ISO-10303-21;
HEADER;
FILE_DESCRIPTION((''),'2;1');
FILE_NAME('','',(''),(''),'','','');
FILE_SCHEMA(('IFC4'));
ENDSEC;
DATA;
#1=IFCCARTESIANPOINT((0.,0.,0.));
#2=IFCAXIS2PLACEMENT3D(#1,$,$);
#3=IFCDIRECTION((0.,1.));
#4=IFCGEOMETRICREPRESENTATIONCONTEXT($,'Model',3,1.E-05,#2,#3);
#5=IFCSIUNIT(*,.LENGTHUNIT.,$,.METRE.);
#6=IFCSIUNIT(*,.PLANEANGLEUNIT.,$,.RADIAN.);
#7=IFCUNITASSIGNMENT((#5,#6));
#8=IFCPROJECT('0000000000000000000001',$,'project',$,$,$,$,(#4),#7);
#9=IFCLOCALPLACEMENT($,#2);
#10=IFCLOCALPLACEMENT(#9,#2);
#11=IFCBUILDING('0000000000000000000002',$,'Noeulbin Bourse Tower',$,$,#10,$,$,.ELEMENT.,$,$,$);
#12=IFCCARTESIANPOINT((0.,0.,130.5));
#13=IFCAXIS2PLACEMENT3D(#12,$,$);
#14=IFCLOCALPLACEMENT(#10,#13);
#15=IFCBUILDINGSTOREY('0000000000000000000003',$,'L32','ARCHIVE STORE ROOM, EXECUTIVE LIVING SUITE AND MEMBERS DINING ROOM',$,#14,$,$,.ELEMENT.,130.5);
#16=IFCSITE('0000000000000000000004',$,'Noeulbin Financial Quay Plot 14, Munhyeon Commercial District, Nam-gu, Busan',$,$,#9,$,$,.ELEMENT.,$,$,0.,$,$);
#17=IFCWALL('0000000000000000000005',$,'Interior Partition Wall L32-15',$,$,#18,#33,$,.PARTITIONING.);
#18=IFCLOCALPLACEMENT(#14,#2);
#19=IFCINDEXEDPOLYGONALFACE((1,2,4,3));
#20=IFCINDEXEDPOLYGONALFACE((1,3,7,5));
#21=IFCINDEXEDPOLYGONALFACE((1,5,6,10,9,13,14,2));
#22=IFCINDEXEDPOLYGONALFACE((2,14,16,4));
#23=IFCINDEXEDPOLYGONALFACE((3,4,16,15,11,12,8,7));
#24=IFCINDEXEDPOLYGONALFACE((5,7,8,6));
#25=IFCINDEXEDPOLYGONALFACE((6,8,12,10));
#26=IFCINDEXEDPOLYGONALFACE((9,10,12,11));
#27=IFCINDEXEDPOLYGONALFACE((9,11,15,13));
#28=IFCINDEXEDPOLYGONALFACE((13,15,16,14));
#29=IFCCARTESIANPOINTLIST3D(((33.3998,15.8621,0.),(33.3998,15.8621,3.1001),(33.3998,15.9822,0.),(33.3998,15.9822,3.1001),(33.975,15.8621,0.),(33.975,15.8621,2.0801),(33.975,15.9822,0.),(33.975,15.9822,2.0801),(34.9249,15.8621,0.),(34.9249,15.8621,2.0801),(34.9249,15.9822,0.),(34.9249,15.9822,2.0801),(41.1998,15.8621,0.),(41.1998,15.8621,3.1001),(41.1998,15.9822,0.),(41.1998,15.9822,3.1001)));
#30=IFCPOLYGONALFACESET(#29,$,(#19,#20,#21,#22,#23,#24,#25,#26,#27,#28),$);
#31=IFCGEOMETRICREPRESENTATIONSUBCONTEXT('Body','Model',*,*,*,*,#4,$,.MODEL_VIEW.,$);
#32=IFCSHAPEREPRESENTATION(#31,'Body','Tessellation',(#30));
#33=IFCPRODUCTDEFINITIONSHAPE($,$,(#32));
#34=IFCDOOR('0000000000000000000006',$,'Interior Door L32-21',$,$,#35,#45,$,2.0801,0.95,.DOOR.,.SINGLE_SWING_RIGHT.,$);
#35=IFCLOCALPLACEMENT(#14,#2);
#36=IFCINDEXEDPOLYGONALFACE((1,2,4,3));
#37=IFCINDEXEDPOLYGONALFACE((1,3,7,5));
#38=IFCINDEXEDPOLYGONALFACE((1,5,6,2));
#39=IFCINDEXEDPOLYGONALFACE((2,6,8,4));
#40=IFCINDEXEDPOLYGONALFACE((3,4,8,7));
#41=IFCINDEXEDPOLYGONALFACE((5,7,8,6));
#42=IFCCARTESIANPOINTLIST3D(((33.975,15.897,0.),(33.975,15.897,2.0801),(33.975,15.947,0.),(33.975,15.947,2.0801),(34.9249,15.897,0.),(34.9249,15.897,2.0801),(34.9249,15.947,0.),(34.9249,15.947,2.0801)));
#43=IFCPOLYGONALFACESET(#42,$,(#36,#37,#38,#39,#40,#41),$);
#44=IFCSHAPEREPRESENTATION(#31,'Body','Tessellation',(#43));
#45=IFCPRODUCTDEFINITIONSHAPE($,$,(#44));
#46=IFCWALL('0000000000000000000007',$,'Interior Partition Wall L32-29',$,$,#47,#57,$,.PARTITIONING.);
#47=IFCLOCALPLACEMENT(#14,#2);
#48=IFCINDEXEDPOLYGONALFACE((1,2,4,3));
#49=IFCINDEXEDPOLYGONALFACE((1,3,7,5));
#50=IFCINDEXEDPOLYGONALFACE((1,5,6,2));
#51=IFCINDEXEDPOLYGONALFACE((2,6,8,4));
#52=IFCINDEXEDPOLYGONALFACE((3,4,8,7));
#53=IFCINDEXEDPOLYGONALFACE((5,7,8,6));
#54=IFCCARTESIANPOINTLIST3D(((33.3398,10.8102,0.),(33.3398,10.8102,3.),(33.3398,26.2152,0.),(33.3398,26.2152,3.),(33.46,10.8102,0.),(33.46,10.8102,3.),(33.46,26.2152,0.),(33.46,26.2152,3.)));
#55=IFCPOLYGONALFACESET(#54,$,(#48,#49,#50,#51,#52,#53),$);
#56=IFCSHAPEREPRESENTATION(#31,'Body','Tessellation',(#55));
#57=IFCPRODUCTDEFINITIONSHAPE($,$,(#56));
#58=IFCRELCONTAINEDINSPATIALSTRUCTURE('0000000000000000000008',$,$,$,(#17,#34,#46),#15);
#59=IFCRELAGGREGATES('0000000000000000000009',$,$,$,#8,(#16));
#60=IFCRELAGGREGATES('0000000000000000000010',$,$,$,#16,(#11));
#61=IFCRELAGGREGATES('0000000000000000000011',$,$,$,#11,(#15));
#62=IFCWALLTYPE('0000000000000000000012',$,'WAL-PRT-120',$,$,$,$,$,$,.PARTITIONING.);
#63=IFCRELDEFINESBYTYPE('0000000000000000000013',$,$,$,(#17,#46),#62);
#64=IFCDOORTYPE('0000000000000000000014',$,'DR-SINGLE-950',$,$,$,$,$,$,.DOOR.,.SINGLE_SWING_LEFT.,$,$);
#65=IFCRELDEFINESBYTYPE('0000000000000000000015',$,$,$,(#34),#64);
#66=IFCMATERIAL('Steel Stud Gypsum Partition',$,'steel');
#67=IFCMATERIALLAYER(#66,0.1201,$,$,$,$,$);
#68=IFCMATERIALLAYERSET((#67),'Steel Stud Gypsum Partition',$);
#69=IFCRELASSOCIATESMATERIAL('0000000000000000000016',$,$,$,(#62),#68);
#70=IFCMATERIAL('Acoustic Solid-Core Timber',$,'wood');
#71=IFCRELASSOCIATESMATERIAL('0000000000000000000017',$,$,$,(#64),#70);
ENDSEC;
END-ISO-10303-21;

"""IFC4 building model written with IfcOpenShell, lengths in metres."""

from ifc_helpers import new_model, si_unit, direction, frame, frame_2d, origin, place, context, subcontext, project, spatial, rectangle, extrude, material, layer, layer_set, type_object, element, fill, save


model = new_model("IFC4")

# Units and contexts
model_context = context("Model", 3, precision=1e-05, world=origin(), true_north=direction((0.0, 1.0)))
body_context = subcontext(model_context, "Body", "Model", "MODEL_VIEW")
ifc_project = project(units=[si_unit("LENGTHUNIT", "METRE"), si_unit("PLANEANGLEUNIT", "RADIAN")], contexts=[model_context])

# Site, building, storey
site_placement = place(None, origin())
site = spatial("IfcSite", under=ifc_project, at=site_placement, Name="Noeulbin Financial Quay Plot 14, Munhyeon Commercial District, Nam-gu, Busan", CompositionType="ELEMENT", RefElevation=0.0)
building_placement = place(site_placement, origin())
building = spatial("IfcBuilding", under=site, at=building_placement, Name="Noeulbin Bourse Tower", CompositionType="ELEMENT")
storey_placement = place(building_placement, frame((0.0, 0.0, 130.5)))
storey = spatial("IfcBuildingStorey", under=building, at=storey_placement, Name="L32", Description="ARCHIVE STORE ROOM, EXECUTIVE LIVING SUITE AND MEMBERS DINING ROOM", CompositionType="ELEMENT", Elevation=130.5)

# Wall, opening, door
ifc_material_1 = material(Name="Steel Stud Gypsum Partition", Category="steel")
ifc_layer_1 = layer(ifc_material_1, 0.1201)
ifc_layer_set_1 = layer_set([ifc_layer_1], Name="Steel Stud Gypsum Partition")
wall_type = type_object("IfcWallType", Name="WAL-PRT-120", PredefinedType="PARTITIONING", material=ifc_layer_set_1)
wall_1_placement = place(storey_placement, frame((33.3999, 15.9221, 0.0), z_axis=(0.0, 0.0, 1.0), x_axis=(1.0, 0.0, 0.0)))
wall_1 = element("IfcWall", 1, at=wall_1_placement, inside=storey, type_object=wall_type, Name="Interior Partition Wall L32-15", PredefinedType="PARTITIONING", context=body_context, shape_type="SweptSolid", body=[
    extrude(rectangle(XDim=7.8, YDim=0.1201, at=frame_2d((3.8999, 0.0))), origin(), (0.0, 0.0, 1.0), 3.1001),
])
opening_placement = place(wall_1_placement, frame((0.575, 0.0, 0.0)))
opening = element("IfcOpeningElement", 2, at=opening_placement, cuts=wall_1, PredefinedType="OPENING", context=body_context, shape_type="SweptSolid", body=[
    extrude(rectangle(XDim=0.95, YDim=2.0801, at=frame_2d((0.4751, 1.04))), frame((0.0, 0.0701, 0.0), z_axis=(0.0, -1.0, 0.0), x_axis=(1.0, 0.0, 0.0)), (0.0, 0.0, 1.0), 0.1401),
])
ifc_material_2 = material(Name="Acoustic Solid-Core Timber", Category="wood")
door_type = type_object("IfcDoorType", Name="DR-SINGLE-950", OperationType="SINGLE_SWING_LEFT", PredefinedType="DOOR", material=ifc_material_2)
door_placement = place(opening_placement, origin())
door = element("IfcDoor", 3, at=door_placement, inside=storey, type_object=door_type, Name="Interior Door L32-21", OperationType="SINGLE_SWING_RIGHT", OverallHeight=2.0801, OverallWidth=0.95, PredefinedType="DOOR", context=body_context, shape_type="SweptSolid", body=[
    extrude(rectangle(XDim=0.95, YDim=2.0801, at=frame_2d((0.4751, 1.04))), frame((0.0, 0.0249, 0.0), z_axis=(0.0, -1.0, 0.0), x_axis=(1.0, 0.0, 0.0)), (0.0, 0.0, 1.0), 0.05),
])
fill(opening, door)

# Wall
wall_2_placement = place(storey_placement, frame((33.3999, 10.8101, 0.0), z_axis=(0.0, 0.0, 1.0), x_axis=(0.0, 1.0, 0.0)))
element("IfcWall", 4, at=wall_2_placement, inside=storey, type_object=wall_type, Name="Interior Partition Wall L32-29", PredefinedType="PARTITIONING", context=body_context, shape_type="SweptSolid", body=[
    extrude(rectangle(XDim=15.405, YDim=0.1201, at=frame_2d((7.7026, 0.0))), origin(), (0.0, 0.0, 1.0), 3.0),
])

save(model, "model.ifc")
